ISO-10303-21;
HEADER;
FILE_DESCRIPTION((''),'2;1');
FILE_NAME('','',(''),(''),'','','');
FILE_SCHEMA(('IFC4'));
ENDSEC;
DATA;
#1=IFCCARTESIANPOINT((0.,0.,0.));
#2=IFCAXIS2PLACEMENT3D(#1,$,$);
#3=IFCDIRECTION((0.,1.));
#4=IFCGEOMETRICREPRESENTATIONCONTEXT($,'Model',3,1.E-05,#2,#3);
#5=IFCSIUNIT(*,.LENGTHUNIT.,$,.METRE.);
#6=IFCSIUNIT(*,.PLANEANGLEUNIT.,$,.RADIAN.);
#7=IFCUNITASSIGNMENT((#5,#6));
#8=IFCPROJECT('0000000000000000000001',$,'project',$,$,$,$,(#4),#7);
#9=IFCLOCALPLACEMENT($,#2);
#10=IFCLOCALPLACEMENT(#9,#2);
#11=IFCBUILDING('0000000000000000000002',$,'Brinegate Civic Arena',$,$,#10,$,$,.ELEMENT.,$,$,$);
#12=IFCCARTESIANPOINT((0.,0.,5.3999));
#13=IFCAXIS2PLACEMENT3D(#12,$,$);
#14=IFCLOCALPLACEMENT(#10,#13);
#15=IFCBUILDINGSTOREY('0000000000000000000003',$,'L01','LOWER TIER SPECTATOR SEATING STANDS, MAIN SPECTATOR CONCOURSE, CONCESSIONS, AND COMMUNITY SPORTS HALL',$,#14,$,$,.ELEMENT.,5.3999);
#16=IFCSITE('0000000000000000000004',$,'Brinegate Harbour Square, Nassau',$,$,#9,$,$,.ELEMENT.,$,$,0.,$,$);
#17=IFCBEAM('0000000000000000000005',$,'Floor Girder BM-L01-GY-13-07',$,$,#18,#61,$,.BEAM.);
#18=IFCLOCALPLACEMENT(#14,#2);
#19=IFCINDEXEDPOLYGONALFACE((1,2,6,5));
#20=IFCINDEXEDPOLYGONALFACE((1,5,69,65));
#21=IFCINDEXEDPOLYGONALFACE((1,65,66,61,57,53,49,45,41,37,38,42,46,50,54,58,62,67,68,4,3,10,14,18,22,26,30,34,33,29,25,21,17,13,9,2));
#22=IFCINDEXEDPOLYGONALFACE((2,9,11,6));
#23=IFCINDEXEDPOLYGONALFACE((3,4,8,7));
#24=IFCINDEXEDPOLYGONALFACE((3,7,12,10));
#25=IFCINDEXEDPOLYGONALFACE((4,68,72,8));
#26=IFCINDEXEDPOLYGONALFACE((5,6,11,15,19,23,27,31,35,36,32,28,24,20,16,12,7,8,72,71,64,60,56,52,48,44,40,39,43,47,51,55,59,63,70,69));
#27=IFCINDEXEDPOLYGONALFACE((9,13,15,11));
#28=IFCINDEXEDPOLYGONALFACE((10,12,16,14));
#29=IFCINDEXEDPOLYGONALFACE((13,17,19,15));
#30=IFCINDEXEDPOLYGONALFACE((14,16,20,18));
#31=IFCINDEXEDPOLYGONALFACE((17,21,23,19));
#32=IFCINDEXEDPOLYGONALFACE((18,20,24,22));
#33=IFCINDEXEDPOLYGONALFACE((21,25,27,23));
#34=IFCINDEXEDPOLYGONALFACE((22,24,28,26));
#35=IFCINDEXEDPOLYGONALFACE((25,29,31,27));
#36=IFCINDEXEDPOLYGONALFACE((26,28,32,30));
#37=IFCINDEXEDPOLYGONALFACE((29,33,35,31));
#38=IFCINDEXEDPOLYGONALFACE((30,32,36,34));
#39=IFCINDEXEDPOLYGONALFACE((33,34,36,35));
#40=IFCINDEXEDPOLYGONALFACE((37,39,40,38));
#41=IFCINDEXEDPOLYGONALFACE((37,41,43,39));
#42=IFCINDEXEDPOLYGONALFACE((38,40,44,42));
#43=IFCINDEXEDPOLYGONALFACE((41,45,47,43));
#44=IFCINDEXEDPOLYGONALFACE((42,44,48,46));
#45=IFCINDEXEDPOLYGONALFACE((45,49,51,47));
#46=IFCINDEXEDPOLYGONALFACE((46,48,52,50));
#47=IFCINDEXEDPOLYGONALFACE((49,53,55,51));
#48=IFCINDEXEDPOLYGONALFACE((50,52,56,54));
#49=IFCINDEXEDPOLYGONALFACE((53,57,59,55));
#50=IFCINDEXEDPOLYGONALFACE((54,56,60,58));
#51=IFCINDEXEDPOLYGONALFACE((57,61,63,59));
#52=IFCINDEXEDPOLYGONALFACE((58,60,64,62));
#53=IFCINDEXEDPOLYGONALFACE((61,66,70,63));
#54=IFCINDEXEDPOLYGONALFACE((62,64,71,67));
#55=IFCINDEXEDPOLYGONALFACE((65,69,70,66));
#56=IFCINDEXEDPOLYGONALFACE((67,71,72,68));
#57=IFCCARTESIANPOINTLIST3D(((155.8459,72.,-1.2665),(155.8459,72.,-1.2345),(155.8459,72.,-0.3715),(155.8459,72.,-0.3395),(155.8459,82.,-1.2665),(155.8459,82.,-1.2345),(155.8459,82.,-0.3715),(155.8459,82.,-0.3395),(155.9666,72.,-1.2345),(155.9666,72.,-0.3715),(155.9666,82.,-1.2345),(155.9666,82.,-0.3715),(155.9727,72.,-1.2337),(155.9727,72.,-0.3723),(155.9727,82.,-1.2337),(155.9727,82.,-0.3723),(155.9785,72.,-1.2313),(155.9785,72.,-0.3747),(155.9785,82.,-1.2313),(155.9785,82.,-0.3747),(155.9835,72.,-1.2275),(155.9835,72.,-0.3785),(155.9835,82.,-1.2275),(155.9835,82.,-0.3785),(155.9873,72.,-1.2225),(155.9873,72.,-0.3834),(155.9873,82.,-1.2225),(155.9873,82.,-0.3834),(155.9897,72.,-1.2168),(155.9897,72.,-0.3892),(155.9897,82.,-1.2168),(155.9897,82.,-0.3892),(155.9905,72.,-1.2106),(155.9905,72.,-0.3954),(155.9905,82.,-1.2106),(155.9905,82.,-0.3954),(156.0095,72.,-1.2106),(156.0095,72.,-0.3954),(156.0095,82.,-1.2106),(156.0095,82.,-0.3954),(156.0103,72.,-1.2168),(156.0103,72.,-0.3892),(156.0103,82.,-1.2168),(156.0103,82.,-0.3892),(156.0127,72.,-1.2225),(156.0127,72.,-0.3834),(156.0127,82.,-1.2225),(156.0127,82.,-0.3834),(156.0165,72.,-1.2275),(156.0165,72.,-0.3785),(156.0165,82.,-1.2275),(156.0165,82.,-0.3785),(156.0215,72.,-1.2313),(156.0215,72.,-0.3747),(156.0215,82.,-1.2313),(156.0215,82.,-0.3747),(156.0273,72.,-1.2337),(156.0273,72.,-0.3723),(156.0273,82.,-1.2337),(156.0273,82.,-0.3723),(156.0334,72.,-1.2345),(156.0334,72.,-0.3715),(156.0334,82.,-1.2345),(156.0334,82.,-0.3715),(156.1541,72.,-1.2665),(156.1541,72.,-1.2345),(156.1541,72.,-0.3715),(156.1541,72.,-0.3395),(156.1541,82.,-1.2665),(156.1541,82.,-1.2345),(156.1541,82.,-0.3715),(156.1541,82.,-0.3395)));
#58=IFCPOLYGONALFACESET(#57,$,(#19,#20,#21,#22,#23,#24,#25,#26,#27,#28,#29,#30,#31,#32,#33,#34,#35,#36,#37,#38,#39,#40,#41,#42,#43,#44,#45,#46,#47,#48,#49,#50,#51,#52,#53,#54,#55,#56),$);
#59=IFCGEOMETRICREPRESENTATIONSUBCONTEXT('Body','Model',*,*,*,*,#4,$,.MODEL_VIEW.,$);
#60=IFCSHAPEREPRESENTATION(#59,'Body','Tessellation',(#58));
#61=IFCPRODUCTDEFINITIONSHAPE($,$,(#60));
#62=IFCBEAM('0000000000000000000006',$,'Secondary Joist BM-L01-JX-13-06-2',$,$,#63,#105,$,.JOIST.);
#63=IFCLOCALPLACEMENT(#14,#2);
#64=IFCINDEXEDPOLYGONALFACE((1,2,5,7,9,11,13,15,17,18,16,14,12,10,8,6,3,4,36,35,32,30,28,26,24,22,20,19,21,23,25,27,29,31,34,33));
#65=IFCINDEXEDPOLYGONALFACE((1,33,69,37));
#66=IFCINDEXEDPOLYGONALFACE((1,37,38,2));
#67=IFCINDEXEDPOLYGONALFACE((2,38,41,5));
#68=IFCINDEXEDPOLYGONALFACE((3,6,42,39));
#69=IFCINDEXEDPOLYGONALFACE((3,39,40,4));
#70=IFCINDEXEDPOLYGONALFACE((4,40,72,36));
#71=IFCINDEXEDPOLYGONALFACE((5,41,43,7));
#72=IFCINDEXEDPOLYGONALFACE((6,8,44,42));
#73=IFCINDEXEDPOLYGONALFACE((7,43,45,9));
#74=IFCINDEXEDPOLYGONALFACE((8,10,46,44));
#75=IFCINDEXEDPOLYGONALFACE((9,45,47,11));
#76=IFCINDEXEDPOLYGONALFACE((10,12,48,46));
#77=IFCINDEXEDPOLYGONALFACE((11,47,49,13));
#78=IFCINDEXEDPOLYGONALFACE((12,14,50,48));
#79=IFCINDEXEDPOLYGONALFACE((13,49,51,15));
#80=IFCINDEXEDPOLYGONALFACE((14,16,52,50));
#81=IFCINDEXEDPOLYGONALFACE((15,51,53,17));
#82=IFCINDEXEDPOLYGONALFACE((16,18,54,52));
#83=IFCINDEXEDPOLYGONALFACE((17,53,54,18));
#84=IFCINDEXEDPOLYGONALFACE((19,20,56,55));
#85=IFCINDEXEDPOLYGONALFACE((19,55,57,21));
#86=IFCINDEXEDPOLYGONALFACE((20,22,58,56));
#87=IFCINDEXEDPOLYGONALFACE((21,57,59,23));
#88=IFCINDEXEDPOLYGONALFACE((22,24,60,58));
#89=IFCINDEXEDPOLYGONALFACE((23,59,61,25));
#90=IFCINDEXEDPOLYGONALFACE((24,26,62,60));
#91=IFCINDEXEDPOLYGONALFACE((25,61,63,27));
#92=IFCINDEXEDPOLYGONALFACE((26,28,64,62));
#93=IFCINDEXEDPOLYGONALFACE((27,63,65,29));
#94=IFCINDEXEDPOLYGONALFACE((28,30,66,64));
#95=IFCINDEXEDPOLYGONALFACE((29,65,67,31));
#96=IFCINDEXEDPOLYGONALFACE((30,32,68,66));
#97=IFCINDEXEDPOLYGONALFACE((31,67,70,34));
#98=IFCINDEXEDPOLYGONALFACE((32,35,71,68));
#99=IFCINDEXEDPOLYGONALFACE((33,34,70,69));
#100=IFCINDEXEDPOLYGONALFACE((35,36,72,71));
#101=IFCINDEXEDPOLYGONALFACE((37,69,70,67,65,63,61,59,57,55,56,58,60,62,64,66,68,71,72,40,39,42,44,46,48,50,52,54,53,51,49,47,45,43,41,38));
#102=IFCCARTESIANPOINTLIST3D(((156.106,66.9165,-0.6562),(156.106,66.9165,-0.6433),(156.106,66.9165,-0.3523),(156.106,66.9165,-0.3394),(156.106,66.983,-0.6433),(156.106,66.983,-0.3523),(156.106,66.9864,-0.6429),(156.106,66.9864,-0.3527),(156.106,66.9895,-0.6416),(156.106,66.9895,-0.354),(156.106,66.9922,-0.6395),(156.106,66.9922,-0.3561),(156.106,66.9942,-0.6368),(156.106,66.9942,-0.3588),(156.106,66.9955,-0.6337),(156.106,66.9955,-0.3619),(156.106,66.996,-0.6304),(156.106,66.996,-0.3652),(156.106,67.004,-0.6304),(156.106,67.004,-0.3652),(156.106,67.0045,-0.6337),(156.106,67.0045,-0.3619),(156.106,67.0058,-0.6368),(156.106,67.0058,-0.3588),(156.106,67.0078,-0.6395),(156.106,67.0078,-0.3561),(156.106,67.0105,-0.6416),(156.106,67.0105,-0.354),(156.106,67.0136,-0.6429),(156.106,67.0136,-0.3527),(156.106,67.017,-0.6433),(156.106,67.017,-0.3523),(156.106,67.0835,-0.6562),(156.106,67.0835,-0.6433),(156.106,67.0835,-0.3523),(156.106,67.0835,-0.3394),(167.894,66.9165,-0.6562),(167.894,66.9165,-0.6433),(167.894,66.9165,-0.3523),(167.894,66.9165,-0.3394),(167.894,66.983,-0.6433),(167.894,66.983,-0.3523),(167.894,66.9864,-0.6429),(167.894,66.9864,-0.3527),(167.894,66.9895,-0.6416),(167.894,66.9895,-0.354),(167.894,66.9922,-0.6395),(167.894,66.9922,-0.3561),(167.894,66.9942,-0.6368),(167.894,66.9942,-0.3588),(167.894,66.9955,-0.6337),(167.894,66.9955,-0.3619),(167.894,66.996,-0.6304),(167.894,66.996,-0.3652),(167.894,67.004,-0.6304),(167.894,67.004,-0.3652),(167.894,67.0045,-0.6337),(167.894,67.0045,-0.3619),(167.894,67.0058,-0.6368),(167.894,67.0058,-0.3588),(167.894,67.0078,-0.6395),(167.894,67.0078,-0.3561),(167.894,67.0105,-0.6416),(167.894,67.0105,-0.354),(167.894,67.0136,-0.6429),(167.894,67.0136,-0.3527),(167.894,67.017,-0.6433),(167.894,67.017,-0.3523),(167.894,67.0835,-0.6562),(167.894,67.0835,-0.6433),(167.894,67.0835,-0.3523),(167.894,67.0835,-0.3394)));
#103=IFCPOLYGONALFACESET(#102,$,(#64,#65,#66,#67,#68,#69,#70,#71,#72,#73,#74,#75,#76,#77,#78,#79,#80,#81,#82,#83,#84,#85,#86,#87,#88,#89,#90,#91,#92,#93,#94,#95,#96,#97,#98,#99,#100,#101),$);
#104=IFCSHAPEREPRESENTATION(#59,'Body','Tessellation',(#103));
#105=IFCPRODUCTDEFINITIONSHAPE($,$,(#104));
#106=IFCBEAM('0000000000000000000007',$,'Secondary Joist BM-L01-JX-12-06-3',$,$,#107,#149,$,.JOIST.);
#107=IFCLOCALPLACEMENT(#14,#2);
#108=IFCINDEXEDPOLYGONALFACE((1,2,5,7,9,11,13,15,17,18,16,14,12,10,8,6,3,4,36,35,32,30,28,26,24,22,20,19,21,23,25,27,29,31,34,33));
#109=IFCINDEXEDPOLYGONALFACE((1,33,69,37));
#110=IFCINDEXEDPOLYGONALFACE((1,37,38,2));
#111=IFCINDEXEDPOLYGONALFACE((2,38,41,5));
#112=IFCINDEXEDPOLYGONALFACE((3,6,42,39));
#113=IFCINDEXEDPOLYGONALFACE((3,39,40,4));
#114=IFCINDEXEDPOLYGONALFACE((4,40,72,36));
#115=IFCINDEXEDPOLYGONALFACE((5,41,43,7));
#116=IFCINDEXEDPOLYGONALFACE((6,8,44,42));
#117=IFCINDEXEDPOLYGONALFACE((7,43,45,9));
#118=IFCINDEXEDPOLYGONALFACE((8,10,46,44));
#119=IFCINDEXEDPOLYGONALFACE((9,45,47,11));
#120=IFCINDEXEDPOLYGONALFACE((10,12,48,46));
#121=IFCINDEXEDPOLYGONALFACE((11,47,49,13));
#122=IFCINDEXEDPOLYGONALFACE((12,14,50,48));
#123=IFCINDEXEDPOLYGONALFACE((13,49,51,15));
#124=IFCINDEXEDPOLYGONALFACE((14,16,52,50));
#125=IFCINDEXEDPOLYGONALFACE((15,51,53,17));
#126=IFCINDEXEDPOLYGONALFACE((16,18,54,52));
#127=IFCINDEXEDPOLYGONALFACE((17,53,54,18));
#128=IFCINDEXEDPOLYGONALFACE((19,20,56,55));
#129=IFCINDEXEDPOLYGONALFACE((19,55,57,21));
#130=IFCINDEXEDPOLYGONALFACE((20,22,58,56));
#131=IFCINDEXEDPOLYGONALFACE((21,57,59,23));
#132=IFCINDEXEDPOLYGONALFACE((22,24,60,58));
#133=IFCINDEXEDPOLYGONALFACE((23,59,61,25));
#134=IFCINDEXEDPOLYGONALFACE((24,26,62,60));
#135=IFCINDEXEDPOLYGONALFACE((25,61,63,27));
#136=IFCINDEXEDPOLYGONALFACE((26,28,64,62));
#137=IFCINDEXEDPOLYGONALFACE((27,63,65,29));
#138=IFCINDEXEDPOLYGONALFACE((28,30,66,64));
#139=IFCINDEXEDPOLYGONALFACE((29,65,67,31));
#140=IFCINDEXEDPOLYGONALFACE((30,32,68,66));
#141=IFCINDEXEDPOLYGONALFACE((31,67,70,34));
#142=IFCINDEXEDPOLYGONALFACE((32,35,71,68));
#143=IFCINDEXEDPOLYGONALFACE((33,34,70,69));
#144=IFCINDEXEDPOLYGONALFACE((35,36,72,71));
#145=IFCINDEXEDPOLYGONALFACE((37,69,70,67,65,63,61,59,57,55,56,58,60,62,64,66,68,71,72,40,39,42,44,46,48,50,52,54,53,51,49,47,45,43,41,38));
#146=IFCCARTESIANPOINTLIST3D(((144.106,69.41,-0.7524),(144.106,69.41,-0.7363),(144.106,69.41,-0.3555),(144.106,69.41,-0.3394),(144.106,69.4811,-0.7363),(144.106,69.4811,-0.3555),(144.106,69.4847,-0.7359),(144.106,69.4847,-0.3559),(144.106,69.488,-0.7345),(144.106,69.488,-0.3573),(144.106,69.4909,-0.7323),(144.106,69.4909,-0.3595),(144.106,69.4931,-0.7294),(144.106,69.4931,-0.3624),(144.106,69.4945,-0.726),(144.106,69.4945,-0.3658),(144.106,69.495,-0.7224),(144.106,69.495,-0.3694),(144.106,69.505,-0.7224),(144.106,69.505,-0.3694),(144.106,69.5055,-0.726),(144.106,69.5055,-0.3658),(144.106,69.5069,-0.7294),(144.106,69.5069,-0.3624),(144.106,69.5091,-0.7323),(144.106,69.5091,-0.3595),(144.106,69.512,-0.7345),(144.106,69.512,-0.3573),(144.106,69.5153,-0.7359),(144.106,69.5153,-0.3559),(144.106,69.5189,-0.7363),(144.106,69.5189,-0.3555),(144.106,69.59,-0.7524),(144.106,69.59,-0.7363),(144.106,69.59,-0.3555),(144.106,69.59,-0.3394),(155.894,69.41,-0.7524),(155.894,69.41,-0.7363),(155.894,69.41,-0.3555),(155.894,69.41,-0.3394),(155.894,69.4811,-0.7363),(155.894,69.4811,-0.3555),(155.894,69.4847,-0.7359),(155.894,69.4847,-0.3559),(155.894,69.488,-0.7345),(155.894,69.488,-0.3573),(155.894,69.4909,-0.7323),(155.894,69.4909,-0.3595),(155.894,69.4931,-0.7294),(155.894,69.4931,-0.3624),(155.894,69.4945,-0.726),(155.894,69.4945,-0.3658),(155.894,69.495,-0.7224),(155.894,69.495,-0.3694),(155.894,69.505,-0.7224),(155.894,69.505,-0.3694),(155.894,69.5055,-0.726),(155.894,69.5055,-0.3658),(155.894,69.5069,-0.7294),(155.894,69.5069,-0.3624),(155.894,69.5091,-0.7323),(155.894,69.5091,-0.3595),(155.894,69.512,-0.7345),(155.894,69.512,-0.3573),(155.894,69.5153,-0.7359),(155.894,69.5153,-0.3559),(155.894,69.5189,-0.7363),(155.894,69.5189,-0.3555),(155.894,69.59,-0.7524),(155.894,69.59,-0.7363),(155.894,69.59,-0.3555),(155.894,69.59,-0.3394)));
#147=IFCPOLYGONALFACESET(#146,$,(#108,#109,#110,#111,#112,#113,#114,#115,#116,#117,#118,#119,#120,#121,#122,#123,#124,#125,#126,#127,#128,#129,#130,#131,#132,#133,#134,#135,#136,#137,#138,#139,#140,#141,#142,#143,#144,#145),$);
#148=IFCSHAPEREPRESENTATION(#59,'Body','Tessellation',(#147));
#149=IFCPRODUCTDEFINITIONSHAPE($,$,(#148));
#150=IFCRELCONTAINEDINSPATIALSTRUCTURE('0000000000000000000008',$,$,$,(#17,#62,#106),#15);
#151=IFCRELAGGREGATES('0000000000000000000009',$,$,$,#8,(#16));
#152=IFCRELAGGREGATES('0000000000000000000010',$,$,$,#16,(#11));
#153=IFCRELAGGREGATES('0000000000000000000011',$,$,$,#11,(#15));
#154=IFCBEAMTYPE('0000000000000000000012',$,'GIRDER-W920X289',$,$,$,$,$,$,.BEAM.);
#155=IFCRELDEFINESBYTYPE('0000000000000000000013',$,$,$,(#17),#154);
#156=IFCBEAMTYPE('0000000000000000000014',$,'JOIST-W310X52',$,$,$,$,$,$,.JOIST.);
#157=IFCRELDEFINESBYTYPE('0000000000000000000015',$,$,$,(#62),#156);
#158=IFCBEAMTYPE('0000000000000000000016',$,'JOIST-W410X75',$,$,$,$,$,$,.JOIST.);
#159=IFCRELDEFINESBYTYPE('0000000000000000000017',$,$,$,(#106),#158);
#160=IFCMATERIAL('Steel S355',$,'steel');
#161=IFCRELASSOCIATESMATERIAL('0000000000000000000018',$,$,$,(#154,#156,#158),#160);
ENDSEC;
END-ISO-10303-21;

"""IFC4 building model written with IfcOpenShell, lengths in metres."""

from ifc_helpers import new_model, si_unit, direction, frame, origin, origin_2d, place, context, subcontext, project, spatial, i_section, extrude, material, material_profile, profile_set, type_object, element, save


model = new_model("IFC4")

# Units and contexts
model_context = context("Model", 3, precision=1e-05, world=origin(), true_north=direction((0.0, 1.0)))
body_context = subcontext(model_context, "Body", "Model", "MODEL_VIEW")
ifc_project = project(units=[si_unit("LENGTHUNIT", "METRE"), si_unit("PLANEANGLEUNIT", "RADIAN")], contexts=[model_context])

# Site, building, storey
site_placement = place(None, origin())
site = spatial("IfcSite", under=ifc_project, at=site_placement, Name="Brinegate Harbour Square, Nassau", CompositionType="ELEMENT", RefElevation=0.0)
building_placement = place(site_placement, origin())
building = spatial("IfcBuilding", under=site, at=building_placement, Name="Brinegate Civic Arena", CompositionType="ELEMENT")
storey_placement = place(building_placement, frame((0.0, 0.0, 5.3999)))
storey = spatial("IfcBuildingStorey", under=building, at=storey_placement, Name="L01", Description="LOWER TIER SPECTATOR SEATING STANDS, MAIN SPECTATOR CONCOURSE, CONCESSIONS, AND COMMUNITY SPORTS HALL", CompositionType="ELEMENT", Elevation=5.3999)

# Beams
ifc_material_1 = material(Name="Steel S355", Category="steel")
ifc_material_profile_1 = material_profile(ifc_material_1, i_section(OverallWidth=0.3081, OverallDepth=0.927, WebThickness=0.019, FlangeThickness=0.032, FilletRadius=0.0239, at=origin_2d()), Name="W920X289")
ifc_profile_set_1 = profile_set([ifc_material_profile_1], Name="Steel S355")
beam_type_1 = type_object("IfcBeamType", Name="GIRDER-W920X289", PredefinedType="BEAM", material=ifc_profile_set_1)
beam_1_placement = place(storey_placement, frame((156.0, 72.0, -0.803), z_axis=(0.0, 1.0, 0.0), x_axis=(-1.0, 0.0, 0.0)))
element("IfcBeam", 1, at=beam_1_placement, inside=storey, type_object=beam_type_1, Name="Floor Girder BM-L01-GY-13-07", PredefinedType="BEAM", context=body_context, shape_type="SweptSolid", body=[
    extrude(i_section(OverallWidth=0.3081, OverallDepth=0.927, WebThickness=0.019, FlangeThickness=0.032, FilletRadius=0.0239, at=origin_2d()), origin(), (0.0, 0.0, 1.0), 10.0),
])
ifc_material_profile_2 = material_profile(ifc_material_1, i_section(OverallWidth=0.167, OverallDepth=0.3169, WebThickness=0.0081, FlangeThickness=0.0129, FilletRadius=0.0129, at=origin_2d()), Name="W310X52")
ifc_profile_set_2 = profile_set([ifc_material_profile_2], Name="Steel S355")
beam_type_2 = type_object("IfcBeamType", Name="JOIST-W310X52", PredefinedType="JOIST", material=ifc_profile_set_2)
beam_2_placement = place(storey_placement, frame((156.106, 67.0, -0.4978), z_axis=(1.0, 0.0, 0.0), x_axis=(0.0, 1.0, 0.0)))
element("IfcBeam", 2, at=beam_2_placement, inside=storey, type_object=beam_type_2, Name="Secondary Joist BM-L01-JX-13-06-2", PredefinedType="JOIST", context=body_context, shape_type="SweptSolid", body=[
    extrude(i_section(OverallWidth=0.167, OverallDepth=0.3169, WebThickness=0.0081, FlangeThickness=0.0129, FilletRadius=0.0129, at=origin_2d()), origin(), (0.0, 0.0, 1.0), 11.7881),
])
ifc_material_profile_3 = material_profile(ifc_material_1, i_section(OverallWidth=0.1799, OverallDepth=0.4131, WebThickness=0.01, FlangeThickness=0.0161, FilletRadius=0.0139, at=origin_2d()), Name="W410X75")
ifc_profile_set_3 = profile_set([ifc_material_profile_3], Name="Steel S355")
beam_type_3 = type_object("IfcBeamType", Name="JOIST-W410X75", PredefinedType="JOIST", material=ifc_profile_set_3)
beam_3_placement = place(storey_placement, frame((144.106, 69.5, -0.5459), z_axis=(1.0, 0.0, 0.0), x_axis=(0.0, 1.0, 0.0)))
element("IfcBeam", 3, at=beam_3_placement, inside=storey, type_object=beam_type_3, Name="Secondary Joist BM-L01-JX-12-06-3", PredefinedType="JOIST", context=body_context, shape_type="SweptSolid", body=[
    extrude(i_section(OverallWidth=0.1799, OverallDepth=0.4131, WebThickness=0.01, FlangeThickness=0.0161, FilletRadius=0.0139, at=origin_2d()), origin(), (0.0, 0.0, 1.0), 11.7881),
])

save(model, "model.ifc")
